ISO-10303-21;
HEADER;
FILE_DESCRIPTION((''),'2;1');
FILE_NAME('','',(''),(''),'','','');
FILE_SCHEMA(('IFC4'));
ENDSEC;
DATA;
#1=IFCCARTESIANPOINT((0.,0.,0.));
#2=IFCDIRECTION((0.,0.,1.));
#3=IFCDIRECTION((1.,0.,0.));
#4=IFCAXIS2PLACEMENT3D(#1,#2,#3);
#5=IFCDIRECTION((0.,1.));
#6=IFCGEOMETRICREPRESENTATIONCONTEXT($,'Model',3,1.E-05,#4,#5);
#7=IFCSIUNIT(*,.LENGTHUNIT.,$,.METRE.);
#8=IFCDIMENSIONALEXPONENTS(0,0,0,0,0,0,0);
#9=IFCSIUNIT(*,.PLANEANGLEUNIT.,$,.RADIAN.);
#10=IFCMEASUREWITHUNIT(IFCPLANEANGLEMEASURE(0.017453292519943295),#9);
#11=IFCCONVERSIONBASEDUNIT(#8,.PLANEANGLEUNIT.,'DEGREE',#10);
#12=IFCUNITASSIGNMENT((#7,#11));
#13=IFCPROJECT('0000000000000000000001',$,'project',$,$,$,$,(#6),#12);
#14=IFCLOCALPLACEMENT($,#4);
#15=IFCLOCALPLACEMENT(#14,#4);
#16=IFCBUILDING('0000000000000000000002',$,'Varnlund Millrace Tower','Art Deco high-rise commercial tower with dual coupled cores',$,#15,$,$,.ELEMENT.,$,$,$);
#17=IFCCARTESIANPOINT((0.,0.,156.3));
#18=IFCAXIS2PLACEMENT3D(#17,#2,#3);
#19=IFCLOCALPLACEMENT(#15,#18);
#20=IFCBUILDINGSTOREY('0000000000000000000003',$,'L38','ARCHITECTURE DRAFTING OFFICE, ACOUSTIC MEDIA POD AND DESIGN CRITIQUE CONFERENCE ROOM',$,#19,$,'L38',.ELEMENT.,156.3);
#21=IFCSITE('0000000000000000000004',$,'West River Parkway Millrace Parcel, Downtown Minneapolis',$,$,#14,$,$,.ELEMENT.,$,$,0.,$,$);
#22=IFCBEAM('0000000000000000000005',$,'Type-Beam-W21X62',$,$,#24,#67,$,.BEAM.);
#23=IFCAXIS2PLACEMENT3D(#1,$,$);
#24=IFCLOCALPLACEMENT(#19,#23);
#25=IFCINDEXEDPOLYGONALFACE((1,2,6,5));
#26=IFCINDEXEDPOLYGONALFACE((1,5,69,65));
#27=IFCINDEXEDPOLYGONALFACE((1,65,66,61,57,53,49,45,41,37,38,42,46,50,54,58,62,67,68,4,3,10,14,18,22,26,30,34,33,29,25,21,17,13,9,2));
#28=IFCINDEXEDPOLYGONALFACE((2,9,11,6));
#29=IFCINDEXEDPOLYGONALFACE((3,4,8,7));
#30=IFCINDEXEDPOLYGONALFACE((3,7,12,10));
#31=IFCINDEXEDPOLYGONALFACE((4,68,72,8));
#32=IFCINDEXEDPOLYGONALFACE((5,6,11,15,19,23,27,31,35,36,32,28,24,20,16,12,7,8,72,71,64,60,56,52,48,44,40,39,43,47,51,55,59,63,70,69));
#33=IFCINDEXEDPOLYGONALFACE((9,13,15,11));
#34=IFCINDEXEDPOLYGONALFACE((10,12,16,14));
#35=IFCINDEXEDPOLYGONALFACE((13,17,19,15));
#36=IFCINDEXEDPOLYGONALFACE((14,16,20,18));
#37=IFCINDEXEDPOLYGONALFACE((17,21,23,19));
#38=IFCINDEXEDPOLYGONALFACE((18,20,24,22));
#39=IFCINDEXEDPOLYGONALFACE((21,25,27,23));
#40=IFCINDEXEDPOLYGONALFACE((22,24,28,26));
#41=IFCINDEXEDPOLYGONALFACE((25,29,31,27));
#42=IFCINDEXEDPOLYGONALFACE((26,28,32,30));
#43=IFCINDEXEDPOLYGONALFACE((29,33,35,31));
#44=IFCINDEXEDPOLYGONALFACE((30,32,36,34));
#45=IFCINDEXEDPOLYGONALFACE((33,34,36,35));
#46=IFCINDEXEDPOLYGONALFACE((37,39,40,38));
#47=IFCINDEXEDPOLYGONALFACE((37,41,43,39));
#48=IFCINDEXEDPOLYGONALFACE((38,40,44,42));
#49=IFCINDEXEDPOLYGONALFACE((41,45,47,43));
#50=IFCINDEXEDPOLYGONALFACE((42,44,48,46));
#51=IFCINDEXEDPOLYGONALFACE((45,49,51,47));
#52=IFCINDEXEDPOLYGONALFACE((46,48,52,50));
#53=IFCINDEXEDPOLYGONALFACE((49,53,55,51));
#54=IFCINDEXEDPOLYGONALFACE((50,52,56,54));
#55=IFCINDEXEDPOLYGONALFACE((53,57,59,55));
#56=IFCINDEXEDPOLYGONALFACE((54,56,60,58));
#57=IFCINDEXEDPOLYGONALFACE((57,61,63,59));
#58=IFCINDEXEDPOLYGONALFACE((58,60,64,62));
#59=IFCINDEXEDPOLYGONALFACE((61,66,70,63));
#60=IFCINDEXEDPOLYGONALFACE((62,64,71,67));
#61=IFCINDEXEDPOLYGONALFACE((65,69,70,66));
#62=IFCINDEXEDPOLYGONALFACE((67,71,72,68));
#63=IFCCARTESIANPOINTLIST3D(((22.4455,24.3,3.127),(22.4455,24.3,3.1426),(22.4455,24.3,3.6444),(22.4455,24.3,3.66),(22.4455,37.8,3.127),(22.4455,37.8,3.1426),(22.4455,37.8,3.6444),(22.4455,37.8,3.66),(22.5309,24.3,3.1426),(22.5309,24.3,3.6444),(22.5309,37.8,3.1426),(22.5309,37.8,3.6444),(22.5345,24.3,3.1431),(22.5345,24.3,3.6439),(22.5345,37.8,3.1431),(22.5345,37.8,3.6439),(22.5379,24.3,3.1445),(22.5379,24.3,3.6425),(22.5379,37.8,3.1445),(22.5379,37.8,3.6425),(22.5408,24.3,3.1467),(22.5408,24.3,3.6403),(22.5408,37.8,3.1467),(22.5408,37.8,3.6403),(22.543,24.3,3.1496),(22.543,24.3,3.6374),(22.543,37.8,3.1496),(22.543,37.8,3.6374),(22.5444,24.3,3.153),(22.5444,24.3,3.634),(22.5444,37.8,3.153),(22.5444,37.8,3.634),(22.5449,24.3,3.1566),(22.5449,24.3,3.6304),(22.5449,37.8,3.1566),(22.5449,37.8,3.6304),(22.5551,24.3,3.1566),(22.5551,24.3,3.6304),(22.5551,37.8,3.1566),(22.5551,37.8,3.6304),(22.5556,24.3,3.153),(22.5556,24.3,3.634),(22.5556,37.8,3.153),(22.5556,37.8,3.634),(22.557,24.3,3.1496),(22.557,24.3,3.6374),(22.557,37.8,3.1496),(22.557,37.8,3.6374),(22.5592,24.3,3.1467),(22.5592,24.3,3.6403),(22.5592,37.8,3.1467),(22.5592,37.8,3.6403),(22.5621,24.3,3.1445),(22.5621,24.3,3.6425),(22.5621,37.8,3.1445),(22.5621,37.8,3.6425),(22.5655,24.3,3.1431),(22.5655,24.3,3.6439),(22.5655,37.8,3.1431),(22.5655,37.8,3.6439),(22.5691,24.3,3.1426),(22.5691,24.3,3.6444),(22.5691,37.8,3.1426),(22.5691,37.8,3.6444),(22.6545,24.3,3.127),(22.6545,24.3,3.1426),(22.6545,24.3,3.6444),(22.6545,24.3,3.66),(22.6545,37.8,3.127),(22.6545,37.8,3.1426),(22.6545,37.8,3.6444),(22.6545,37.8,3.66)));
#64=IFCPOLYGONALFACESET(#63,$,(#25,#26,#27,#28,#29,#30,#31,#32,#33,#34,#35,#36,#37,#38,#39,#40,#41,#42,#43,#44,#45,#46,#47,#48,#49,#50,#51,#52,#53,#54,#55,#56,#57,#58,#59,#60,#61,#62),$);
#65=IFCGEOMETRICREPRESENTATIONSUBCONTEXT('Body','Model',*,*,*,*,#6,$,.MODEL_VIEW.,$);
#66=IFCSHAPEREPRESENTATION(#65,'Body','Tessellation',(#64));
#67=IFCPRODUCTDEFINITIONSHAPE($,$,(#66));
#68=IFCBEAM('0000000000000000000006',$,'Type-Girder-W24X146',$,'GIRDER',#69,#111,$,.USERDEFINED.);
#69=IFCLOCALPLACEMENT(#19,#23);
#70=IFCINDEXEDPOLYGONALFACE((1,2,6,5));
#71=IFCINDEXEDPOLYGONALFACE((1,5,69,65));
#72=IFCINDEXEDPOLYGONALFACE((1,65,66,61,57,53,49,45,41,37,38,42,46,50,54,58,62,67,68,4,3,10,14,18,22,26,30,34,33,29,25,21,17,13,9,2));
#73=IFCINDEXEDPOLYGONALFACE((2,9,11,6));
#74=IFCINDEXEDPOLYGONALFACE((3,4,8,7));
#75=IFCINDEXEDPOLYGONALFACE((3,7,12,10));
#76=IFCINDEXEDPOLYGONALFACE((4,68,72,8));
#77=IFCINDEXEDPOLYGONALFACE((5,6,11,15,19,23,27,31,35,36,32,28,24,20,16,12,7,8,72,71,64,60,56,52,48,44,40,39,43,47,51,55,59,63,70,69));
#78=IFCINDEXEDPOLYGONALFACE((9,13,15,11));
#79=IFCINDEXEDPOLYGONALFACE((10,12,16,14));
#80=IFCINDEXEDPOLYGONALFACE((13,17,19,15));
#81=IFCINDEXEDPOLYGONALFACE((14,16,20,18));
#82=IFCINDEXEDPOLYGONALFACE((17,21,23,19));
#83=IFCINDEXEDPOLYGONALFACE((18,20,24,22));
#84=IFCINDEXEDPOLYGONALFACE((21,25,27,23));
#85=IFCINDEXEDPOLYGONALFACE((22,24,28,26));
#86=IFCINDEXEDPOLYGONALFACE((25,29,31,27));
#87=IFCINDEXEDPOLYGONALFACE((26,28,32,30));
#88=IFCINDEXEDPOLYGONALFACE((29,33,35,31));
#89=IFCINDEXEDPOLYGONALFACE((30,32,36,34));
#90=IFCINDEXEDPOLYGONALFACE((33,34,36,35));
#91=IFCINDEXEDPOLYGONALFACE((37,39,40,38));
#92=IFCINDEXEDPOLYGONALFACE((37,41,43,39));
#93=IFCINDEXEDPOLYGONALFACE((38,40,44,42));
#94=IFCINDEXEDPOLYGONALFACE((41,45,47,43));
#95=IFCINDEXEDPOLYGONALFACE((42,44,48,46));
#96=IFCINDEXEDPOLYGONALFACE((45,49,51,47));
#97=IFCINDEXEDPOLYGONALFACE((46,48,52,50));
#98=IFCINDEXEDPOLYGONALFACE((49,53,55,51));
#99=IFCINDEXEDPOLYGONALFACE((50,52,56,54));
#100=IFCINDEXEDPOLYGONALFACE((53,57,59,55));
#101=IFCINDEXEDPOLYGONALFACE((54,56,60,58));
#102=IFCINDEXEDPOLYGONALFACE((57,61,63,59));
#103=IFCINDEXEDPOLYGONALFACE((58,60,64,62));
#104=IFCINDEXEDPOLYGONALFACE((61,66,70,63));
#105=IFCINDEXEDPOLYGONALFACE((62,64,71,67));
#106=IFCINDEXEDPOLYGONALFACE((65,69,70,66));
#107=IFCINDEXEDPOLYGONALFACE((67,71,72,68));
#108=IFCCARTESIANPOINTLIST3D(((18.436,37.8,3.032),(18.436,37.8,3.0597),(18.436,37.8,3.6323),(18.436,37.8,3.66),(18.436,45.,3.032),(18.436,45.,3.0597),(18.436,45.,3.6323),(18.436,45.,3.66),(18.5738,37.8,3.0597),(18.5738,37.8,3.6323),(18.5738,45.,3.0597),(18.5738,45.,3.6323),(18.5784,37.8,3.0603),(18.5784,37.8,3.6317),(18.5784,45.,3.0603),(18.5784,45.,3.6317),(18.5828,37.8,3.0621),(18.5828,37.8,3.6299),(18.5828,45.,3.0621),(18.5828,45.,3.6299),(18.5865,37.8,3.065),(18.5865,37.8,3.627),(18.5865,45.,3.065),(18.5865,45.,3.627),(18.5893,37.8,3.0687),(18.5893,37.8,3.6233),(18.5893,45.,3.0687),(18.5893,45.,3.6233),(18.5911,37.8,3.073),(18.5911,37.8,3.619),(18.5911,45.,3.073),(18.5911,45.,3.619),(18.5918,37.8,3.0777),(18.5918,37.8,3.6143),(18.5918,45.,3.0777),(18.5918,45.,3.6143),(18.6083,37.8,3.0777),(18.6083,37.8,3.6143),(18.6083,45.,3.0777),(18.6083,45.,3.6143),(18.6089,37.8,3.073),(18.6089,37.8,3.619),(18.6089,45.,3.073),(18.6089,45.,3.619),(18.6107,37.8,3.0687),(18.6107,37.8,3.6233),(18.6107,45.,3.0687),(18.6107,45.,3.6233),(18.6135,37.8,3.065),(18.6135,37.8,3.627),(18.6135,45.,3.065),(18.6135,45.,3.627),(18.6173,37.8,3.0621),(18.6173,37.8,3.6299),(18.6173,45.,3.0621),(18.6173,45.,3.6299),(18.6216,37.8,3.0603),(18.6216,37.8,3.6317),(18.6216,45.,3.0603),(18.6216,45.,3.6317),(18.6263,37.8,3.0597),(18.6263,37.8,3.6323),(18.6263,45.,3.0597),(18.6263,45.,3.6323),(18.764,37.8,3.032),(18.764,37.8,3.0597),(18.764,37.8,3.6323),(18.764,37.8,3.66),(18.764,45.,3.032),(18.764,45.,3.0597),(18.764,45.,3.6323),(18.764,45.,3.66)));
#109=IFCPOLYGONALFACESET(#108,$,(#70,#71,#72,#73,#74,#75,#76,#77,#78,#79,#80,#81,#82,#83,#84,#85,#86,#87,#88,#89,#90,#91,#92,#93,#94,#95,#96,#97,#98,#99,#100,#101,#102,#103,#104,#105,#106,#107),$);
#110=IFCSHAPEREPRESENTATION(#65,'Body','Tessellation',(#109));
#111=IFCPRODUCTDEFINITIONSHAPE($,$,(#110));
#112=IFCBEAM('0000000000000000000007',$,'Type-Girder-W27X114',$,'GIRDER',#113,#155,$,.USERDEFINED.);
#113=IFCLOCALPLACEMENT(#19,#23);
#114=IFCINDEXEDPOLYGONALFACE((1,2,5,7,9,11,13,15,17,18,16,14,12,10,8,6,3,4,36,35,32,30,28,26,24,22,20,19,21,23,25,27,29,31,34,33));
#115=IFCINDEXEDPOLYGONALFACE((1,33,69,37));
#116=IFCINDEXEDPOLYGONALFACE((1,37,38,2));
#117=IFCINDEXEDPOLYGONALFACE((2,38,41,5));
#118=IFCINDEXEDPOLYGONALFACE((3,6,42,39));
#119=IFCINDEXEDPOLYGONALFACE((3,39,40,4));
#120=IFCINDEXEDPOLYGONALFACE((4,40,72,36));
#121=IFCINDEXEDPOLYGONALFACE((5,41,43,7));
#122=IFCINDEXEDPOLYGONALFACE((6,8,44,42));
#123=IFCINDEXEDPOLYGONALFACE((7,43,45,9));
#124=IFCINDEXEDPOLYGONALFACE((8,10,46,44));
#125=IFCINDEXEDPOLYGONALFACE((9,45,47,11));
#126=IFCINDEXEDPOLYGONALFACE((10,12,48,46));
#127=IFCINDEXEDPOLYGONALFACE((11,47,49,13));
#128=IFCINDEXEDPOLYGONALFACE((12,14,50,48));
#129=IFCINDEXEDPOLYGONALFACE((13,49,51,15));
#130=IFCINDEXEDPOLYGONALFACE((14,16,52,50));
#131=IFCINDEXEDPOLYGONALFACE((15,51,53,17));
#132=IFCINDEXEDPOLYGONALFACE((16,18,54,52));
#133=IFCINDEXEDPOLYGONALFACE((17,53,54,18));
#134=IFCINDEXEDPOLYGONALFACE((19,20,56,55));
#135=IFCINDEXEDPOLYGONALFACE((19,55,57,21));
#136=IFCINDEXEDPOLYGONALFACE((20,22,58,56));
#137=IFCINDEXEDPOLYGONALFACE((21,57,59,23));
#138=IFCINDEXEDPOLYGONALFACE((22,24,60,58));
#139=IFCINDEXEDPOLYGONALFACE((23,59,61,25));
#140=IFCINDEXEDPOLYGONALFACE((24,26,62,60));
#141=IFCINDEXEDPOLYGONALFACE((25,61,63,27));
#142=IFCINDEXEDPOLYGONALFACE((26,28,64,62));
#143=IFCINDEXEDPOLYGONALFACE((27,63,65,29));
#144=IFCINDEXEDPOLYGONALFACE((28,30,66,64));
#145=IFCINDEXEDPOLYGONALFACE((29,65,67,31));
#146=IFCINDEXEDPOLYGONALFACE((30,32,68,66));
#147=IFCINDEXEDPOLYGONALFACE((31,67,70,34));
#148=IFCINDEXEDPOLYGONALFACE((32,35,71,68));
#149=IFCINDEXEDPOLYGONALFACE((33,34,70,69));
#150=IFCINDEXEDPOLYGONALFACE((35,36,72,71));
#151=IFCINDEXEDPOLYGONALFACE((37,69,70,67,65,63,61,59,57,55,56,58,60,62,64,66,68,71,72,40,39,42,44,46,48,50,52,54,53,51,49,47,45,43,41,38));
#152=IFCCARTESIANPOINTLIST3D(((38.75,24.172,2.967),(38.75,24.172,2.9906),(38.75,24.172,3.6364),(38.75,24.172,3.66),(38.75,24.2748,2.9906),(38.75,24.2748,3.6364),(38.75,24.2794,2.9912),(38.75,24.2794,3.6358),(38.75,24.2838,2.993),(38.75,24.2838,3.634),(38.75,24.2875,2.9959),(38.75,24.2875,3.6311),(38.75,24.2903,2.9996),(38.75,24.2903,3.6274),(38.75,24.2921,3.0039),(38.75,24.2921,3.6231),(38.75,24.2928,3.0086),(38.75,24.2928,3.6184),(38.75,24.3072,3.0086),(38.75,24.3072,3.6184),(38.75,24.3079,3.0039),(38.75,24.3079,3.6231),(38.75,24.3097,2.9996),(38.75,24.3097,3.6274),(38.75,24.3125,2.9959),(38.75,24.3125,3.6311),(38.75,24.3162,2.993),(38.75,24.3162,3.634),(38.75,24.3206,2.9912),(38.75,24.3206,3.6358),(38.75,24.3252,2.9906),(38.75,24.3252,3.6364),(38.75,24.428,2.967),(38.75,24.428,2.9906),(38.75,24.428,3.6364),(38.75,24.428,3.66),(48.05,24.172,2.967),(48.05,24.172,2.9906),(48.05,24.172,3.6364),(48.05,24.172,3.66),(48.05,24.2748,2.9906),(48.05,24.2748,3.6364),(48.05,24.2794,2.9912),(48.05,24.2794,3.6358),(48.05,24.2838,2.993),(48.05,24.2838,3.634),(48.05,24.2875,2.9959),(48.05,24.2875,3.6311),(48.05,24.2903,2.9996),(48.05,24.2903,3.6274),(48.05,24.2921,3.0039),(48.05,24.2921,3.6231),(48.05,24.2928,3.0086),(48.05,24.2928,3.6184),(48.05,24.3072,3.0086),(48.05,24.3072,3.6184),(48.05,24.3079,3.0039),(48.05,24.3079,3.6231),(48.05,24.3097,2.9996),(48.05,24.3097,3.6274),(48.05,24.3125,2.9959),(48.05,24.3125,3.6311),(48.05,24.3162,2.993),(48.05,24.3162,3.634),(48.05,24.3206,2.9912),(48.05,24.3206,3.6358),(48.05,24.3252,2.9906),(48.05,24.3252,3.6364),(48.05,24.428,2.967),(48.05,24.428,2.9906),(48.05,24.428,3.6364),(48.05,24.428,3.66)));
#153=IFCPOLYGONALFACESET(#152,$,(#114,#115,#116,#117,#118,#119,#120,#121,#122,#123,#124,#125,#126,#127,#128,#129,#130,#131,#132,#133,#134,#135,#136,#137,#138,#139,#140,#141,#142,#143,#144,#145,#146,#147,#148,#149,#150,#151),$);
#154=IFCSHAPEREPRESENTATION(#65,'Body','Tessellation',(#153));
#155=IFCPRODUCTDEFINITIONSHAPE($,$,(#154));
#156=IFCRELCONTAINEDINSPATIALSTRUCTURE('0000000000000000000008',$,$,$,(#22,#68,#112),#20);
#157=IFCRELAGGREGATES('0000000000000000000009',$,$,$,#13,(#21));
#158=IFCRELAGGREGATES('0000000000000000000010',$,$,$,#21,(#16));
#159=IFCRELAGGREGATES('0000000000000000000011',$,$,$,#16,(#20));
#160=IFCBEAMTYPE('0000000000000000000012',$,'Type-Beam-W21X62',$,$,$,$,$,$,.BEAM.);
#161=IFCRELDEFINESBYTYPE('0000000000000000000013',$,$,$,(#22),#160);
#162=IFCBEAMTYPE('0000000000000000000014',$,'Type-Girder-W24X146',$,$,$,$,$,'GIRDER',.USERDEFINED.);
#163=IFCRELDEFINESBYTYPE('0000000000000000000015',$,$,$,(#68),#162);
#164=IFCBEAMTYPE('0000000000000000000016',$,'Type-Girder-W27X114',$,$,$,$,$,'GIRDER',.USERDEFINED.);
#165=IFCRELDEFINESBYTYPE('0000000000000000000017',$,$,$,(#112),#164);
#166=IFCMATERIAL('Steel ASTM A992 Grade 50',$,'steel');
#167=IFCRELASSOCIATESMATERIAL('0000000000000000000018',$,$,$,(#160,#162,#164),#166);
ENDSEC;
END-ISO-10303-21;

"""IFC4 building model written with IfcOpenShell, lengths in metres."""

from ifc_helpers import new_model, entity, si_unit, converted_unit, direction, frame, origin_with_axes, origin_2d_with_axis, place, context, subcontext, project, spatial, i_section, extrude, material, material_profile, profile_set, type_object, element, save


model = new_model("IFC4")

# Units and contexts
model_context = context("Model", 3, precision=1e-05, world=origin_with_axes(), true_north=direction((0.0, 1.0)))
body_context = subcontext(model_context, "Body", "Model", "MODEL_VIEW")
ifc_project = project(units=[si_unit("LENGTHUNIT", "METRE"), converted_unit("PLANEANGLEUNIT", "DEGREE", entity("IfcPlaneAngleMeasure", 0.017453292519943295), si_unit("PLANEANGLEUNIT", "RADIAN"), dimensions=[0, 0, 0, 0, 0, 0, 0])], contexts=[model_context])

# Site, building, storey
site_placement = place(None, origin_with_axes())
site = spatial("IfcSite", under=ifc_project, at=site_placement, Name="West River Parkway Millrace Parcel, Downtown Minneapolis", CompositionType="ELEMENT", RefElevation=0.0)
building_placement = place(site_placement, origin_with_axes())
building = spatial("IfcBuilding", under=site, at=building_placement, Name="Varnlund Millrace Tower", Description="Art Deco high-rise commercial tower with dual coupled cores", CompositionType="ELEMENT")
storey_placement = place(building_placement, frame((0.0, 0.0, 156.3), z_axis=(0.0, 0.0, 1.0), x_axis=(1.0, 0.0, 0.0)))
storey = spatial("IfcBuildingStorey", under=building, at=storey_placement, Name="L38", Description="ARCHITECTURE DRAFTING OFFICE, ACOUSTIC MEDIA POD AND DESIGN CRITIQUE CONFERENCE ROOM", LongName="L38", CompositionType="ELEMENT", Elevation=156.3)

# Beams
ifc_material_1 = material(Name="Steel ASTM A992 Grade 50", Category="steel")
ifc_material_profile_1 = material_profile(ifc_material_1, i_section(OverallWidth=0.209, OverallDepth=0.533, WebThickness=0.0102, FlangeThickness=0.0156, FilletRadius=0.014, at=origin_2d_with_axis()), Name="Steel ASTM A992 Grade 50")
ifc_profile_set_1 = profile_set([ifc_material_profile_1], Name="Steel ASTM A992 Grade 50")
beam_type_1 = type_object("IfcBeamType", Name="Type-Beam-W21X62", PredefinedType="BEAM", material=ifc_profile_set_1)
beam_1_placement = place(storey_placement, frame((22.55, 24.3, 3.3935), z_axis=(0.0, 1.0, 0.0), x_axis=(-1.0, 0.0, 0.0)))
element("IfcBeam", 1, at=beam_1_placement, inside=storey, type_object=beam_type_1, Name="Type-Beam-W21X62", PredefinedType="BEAM", context=body_context, shape_type="SweptSolid", body=[
    extrude(i_section(OverallWidth=0.209, OverallDepth=0.533, WebThickness=0.0102, FlangeThickness=0.0156, FilletRadius=0.014, at=origin_2d_with_axis()), origin_with_axes(), (0.0, 0.0, 1.0), 13.5),
])
ifc_material_profile_2 = material_profile(ifc_material_1, i_section(OverallWidth=0.328, OverallDepth=0.628, WebThickness=0.0165, FlangeThickness=0.0277, FilletRadius=0.018, at=origin_2d_with_axis()), Name="Steel ASTM A992 Grade 50")
ifc_profile_set_2 = profile_set([ifc_material_profile_2], Name="Steel ASTM A992 Grade 50")
beam_type_2 = type_object("IfcBeamType", Name="Type-Girder-W24X146", ElementType="GIRDER", PredefinedType="USERDEFINED", material=ifc_profile_set_2)
beam_2_placement = place(storey_placement, frame((18.6, 37.8, 3.346), z_axis=(0.0, 1.0, 0.0), x_axis=(-1.0, 0.0, 0.0)))
element("IfcBeam", 2, at=beam_2_placement, inside=storey, type_object=beam_type_2, Name="Type-Girder-W24X146", ObjectType="GIRDER", PredefinedType="USERDEFINED", context=body_context, shape_type="SweptSolid", body=[
    extrude(i_section(OverallWidth=0.328, OverallDepth=0.628, WebThickness=0.0165, FlangeThickness=0.0277, FilletRadius=0.018, at=origin_2d_with_axis()), origin_with_axes(), (0.0, 0.0, 1.0), 7.2),
])
ifc_material_profile_3 = material_profile(ifc_material_1, i_section(OverallWidth=0.256, OverallDepth=0.693, WebThickness=0.0145, FlangeThickness=0.0236, FilletRadius=0.018, at=origin_2d_with_axis()), Name="Steel ASTM A992 Grade 50")
ifc_profile_set_3 = profile_set([ifc_material_profile_3], Name="Steel ASTM A992 Grade 50")
beam_type_3 = type_object("IfcBeamType", Name="Type-Girder-W27X114", ElementType="GIRDER", PredefinedType="USERDEFINED", material=ifc_profile_set_3)
beam_3_placement = place(storey_placement, frame((38.75, 24.3, 3.3135), z_axis=(1.0, 0.0, 0.0), x_axis=(0.0, 1.0, 0.0)))
element("IfcBeam", 3, at=beam_3_placement, inside=storey, type_object=beam_type_3, Name="Type-Girder-W27X114", ObjectType="GIRDER", PredefinedType="USERDEFINED", context=body_context, shape_type="SweptSolid", body=[
    extrude(i_section(OverallWidth=0.256, OverallDepth=0.693, WebThickness=0.0145, FlangeThickness=0.0236, FilletRadius=0.018, at=origin_2d_with_axis()), origin_with_axes(), (0.0, 0.0, 1.0), 9.3),
])

save(model, "model.ifc")
